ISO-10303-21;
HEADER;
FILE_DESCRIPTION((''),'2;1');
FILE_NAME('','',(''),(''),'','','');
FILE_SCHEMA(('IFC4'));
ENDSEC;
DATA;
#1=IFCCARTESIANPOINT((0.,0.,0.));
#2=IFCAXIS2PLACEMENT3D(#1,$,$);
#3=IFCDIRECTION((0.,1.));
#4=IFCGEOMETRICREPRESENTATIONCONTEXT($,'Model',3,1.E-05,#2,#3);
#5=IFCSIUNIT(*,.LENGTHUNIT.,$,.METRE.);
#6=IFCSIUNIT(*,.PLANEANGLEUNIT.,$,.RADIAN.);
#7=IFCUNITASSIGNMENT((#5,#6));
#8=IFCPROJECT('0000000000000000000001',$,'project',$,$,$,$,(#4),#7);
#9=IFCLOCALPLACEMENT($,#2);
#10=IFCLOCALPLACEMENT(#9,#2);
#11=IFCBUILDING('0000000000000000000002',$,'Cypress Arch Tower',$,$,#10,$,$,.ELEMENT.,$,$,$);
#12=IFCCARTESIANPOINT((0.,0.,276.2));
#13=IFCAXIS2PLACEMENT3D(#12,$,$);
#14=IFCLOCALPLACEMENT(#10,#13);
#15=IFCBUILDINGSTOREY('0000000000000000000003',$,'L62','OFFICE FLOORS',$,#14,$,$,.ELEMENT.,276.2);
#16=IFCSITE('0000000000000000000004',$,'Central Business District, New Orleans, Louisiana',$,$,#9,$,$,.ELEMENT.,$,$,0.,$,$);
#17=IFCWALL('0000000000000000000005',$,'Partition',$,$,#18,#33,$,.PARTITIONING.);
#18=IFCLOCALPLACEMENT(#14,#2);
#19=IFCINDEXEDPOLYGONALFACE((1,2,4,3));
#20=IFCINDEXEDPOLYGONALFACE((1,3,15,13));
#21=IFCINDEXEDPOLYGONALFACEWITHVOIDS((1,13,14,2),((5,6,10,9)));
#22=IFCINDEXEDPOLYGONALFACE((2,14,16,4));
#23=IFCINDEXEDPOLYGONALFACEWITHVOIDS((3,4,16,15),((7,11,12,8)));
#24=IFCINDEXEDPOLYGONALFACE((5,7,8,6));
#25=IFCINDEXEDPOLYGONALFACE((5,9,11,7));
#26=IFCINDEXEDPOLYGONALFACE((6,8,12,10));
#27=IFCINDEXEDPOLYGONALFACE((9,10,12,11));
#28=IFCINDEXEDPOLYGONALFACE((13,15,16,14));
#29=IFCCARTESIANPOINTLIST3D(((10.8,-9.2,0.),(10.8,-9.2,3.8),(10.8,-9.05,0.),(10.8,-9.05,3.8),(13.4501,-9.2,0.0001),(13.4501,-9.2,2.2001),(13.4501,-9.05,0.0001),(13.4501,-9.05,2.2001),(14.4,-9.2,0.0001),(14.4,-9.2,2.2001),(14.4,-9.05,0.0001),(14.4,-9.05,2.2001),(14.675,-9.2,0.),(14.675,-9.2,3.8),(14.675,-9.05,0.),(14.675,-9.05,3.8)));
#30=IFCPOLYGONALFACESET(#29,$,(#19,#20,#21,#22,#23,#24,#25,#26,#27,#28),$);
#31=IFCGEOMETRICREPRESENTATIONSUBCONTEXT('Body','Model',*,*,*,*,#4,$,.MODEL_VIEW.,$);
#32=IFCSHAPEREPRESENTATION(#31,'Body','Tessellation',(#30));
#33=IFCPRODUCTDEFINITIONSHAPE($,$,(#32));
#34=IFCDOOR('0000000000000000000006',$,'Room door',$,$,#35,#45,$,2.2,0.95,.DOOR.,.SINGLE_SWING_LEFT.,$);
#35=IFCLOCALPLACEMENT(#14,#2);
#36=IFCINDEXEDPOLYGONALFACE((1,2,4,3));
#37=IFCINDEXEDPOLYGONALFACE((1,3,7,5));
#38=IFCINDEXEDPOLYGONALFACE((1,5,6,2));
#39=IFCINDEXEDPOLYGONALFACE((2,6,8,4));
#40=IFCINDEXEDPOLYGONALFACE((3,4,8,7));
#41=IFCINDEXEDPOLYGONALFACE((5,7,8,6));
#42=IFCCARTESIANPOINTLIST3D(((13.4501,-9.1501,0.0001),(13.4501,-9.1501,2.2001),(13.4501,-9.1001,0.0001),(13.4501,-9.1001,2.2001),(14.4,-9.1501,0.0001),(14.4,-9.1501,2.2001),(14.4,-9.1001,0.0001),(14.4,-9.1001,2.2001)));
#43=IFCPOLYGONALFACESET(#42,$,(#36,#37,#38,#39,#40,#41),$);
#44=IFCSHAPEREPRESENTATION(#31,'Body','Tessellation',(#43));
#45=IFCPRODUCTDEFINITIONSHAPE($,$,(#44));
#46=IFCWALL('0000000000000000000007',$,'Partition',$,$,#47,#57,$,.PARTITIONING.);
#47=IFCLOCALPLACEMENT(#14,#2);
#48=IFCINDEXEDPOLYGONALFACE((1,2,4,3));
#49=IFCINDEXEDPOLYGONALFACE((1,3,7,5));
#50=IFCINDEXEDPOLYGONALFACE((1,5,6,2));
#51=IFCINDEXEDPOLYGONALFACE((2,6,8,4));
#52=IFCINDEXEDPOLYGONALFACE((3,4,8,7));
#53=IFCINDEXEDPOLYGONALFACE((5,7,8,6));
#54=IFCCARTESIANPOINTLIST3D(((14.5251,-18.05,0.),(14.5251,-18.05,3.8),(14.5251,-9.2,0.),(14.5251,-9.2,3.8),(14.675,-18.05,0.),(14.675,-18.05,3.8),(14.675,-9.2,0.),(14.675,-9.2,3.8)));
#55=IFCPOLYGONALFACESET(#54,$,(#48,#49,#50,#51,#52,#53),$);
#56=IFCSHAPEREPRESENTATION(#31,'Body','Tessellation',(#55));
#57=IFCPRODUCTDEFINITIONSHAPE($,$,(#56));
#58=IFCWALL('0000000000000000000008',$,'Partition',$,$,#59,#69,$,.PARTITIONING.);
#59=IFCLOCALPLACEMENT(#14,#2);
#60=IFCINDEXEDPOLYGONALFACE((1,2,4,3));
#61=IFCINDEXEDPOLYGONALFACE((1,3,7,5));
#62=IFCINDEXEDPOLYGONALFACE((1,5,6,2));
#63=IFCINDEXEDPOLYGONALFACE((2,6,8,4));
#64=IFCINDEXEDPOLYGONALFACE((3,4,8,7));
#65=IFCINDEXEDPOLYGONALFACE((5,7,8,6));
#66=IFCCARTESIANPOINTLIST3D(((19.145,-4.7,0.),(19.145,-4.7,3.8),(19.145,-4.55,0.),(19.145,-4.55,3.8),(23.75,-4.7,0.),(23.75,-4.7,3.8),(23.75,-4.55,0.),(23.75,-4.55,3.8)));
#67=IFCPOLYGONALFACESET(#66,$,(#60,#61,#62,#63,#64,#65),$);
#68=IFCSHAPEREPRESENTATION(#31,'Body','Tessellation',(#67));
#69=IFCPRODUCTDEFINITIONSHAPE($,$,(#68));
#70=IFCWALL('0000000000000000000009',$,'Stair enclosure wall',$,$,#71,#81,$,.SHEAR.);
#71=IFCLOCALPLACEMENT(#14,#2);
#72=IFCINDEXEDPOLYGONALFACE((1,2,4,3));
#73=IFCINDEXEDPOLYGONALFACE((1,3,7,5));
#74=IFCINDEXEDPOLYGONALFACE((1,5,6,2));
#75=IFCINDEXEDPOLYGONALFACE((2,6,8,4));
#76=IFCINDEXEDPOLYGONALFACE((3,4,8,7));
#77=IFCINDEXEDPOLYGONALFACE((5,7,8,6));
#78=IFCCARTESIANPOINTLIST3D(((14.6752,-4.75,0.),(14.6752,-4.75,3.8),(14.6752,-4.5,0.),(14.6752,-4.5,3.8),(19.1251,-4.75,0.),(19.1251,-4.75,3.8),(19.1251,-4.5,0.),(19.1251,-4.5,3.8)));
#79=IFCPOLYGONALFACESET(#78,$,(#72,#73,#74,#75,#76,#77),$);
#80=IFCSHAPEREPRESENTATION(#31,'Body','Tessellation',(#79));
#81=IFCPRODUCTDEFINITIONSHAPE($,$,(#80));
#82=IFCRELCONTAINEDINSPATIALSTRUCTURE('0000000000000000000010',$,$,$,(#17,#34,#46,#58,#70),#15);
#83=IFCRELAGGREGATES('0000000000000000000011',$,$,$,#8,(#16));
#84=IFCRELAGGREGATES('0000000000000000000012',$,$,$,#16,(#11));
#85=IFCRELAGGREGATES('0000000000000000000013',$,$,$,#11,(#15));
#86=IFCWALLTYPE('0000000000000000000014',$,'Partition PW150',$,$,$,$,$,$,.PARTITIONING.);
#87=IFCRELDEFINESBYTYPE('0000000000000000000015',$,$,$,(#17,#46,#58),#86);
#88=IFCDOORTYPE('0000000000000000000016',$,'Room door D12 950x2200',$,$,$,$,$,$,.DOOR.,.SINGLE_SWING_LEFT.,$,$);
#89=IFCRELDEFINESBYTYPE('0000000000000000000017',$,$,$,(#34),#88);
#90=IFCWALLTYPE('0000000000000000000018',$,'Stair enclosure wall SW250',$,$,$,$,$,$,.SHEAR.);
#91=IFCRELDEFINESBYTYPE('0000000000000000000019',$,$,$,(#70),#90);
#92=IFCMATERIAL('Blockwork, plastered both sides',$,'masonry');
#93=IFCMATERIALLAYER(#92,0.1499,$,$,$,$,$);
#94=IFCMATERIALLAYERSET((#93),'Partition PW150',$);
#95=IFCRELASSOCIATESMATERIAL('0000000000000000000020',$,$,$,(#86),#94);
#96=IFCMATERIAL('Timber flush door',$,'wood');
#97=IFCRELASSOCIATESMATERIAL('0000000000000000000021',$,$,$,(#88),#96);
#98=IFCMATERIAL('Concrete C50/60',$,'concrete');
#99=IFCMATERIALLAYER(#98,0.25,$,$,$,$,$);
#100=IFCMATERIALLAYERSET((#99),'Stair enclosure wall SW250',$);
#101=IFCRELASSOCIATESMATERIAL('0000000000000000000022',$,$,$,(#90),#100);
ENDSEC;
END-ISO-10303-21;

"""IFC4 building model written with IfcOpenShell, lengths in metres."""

from ifc_helpers import new_model, si_unit, direction, frame, frame_2d, origin, place, context, subcontext, project, spatial, rectangle, extrude, material, layer, layer_set, type_object, element, fill, save


model = new_model("IFC4")

# Units and contexts
model_context = context("Model", 3, precision=1e-05, world=origin(), true_north=direction((0.0, 1.0)))
body_context = subcontext(model_context, "Body", "Model", "MODEL_VIEW")
ifc_project = project(units=[si_unit("LENGTHUNIT", "METRE"), si_unit("PLANEANGLEUNIT", "RADIAN")], contexts=[model_context])

# Site, building, storey
site_placement = place(None, origin())
site = spatial("IfcSite", under=ifc_project, at=site_placement, Name="Central Business District, New Orleans, Louisiana", CompositionType="ELEMENT", RefElevation=0.0)
building_placement = place(site_placement, origin())
building = spatial("IfcBuilding", under=site, at=building_placement, Name="Cypress Arch Tower", CompositionType="ELEMENT")
storey_placement = place(building_placement, frame((0.0, 0.0, 276.2)))
storey = spatial("IfcBuildingStorey", under=building, at=storey_placement, Name="L62", Description="OFFICE FLOORS", CompositionType="ELEMENT", Elevation=276.2)

# Wall, opening, door
ifc_material_1 = material(Name="Blockwork, plastered both sides", Category="masonry")
ifc_layer_1 = layer(ifc_material_1, 0.1499)
ifc_layer_set_1 = layer_set([ifc_layer_1], Name="Partition PW150")
wall_type_1 = type_object("IfcWallType", Name="Partition PW150", PredefinedType="PARTITIONING", material=ifc_layer_set_1)
wall_1_placement = place(storey_placement, frame((10.8, -9.125, 0.0), z_axis=(0.0, 0.0, 1.0), x_axis=(1.0, 0.0, 0.0)))
wall_1 = element("IfcWall", 1, at=wall_1_placement, inside=storey, type_object=wall_type_1, Name="Partition", PredefinedType="PARTITIONING", context=body_context, shape_type="SweptSolid", body=[
    extrude(rectangle(XDim=3.875, YDim=0.1499, at=frame_2d((1.9375, 0.0))), origin(), (0.0, 0.0, 1.0), 3.8),
])
opening_1_placement = place(wall_1_placement, frame((2.6499, 0.0, 0.0)))
opening_1 = element("IfcOpeningElement", 2, at=opening_1_placement, cuts=wall_1, PredefinedType="OPENING", context=body_context, shape_type="SweptSolid", body=[
    extrude(rectangle(XDim=0.95, YDim=2.2, at=frame_2d((0.4751, 1.1001))), frame((0.0, 0.085, 0.0), z_axis=(0.0, -1.0, 0.0), x_axis=(1.0, 0.0, 0.0)), (0.0, 0.0, 1.0), 0.1699),
])
ifc_material_2 = material(Name="Timber flush door", Category="wood")
door_type = type_object("IfcDoorType", Name="Room door D12 950x2200", OperationType="SINGLE_SWING_LEFT", PredefinedType="DOOR", material=ifc_material_2)
door_placement = place(opening_1_placement, origin())
door = element("IfcDoor", 3, at=door_placement, inside=storey, type_object=door_type, Name="Room door", OperationType="SINGLE_SWING_LEFT", OverallHeight=2.2, OverallWidth=0.95, PredefinedType="DOOR", context=body_context, shape_type="SweptSolid", body=[
    extrude(rectangle(XDim=0.95, YDim=2.2, at=frame_2d((0.4751, 1.1001))), frame((0.0, 0.0249, 0.0), z_axis=(0.0, -1.0, 0.0), x_axis=(1.0, 0.0, 0.0)), (0.0, 0.0, 1.0), 0.05),
])
fill(opening_1, door)

# Walls
wall_2_placement = place(storey_placement, frame((14.6001, -18.05, 0.0), z_axis=(0.0, 0.0, 1.0), x_axis=(0.0, 1.0, 0.0)))
element("IfcWall", 4, at=wall_2_placement, inside=storey, type_object=wall_type_1, Name="Partition", PredefinedType="PARTITIONING", context=body_context, shape_type="SweptSolid", body=[
    extrude(rectangle(XDim=8.8501, YDim=0.1499, at=frame_2d((4.425, 0.0))), origin(), (0.0, 0.0, 1.0), 3.8),
])
wall_3_placement = place(storey_placement, frame((19.145, -4.625, 0.0), z_axis=(0.0, 0.0, 1.0), x_axis=(1.0, 0.0, 0.0)))
element("IfcWall", 5, at=wall_3_placement, inside=storey, type_object=wall_type_1, Name="Partition", PredefinedType="PARTITIONING", context=body_context, shape_type="SweptSolid", body=[
    extrude(rectangle(XDim=4.605, YDim=0.1499, at=frame_2d((2.3025, 0.0))), origin(), (0.0, 0.0, 1.0), 3.8),
])
ifc_material_3 = material(Name="Concrete C50/60", Category="concrete")
ifc_layer_2 = layer(ifc_material_3, 0.25)
ifc_layer_set_2 = layer_set([ifc_layer_2], Name="Stair enclosure wall SW250")
wall_type_2 = type_object("IfcWallType", Name="Stair enclosure wall SW250", PredefinedType="SHEAR", material=ifc_layer_set_2)
wall_4_placement = place(storey_placement, frame((14.675, -4.625, 0.0), z_axis=(0.0, 0.0, 1.0), x_axis=(1.0, 0.0, 0.0)))
element("IfcWall", 6, at=wall_4_placement, inside=storey, type_object=wall_type_2, Name="Stair enclosure wall", PredefinedType="SHEAR", context=body_context, shape_type="SweptSolid", body=[
    extrude(rectangle(XDim=4.45, YDim=0.25, at=frame_2d((2.2251, 0.0))), origin(), (0.0, 0.0, 1.0), 3.8),
])

save(model, "model.ifc")
